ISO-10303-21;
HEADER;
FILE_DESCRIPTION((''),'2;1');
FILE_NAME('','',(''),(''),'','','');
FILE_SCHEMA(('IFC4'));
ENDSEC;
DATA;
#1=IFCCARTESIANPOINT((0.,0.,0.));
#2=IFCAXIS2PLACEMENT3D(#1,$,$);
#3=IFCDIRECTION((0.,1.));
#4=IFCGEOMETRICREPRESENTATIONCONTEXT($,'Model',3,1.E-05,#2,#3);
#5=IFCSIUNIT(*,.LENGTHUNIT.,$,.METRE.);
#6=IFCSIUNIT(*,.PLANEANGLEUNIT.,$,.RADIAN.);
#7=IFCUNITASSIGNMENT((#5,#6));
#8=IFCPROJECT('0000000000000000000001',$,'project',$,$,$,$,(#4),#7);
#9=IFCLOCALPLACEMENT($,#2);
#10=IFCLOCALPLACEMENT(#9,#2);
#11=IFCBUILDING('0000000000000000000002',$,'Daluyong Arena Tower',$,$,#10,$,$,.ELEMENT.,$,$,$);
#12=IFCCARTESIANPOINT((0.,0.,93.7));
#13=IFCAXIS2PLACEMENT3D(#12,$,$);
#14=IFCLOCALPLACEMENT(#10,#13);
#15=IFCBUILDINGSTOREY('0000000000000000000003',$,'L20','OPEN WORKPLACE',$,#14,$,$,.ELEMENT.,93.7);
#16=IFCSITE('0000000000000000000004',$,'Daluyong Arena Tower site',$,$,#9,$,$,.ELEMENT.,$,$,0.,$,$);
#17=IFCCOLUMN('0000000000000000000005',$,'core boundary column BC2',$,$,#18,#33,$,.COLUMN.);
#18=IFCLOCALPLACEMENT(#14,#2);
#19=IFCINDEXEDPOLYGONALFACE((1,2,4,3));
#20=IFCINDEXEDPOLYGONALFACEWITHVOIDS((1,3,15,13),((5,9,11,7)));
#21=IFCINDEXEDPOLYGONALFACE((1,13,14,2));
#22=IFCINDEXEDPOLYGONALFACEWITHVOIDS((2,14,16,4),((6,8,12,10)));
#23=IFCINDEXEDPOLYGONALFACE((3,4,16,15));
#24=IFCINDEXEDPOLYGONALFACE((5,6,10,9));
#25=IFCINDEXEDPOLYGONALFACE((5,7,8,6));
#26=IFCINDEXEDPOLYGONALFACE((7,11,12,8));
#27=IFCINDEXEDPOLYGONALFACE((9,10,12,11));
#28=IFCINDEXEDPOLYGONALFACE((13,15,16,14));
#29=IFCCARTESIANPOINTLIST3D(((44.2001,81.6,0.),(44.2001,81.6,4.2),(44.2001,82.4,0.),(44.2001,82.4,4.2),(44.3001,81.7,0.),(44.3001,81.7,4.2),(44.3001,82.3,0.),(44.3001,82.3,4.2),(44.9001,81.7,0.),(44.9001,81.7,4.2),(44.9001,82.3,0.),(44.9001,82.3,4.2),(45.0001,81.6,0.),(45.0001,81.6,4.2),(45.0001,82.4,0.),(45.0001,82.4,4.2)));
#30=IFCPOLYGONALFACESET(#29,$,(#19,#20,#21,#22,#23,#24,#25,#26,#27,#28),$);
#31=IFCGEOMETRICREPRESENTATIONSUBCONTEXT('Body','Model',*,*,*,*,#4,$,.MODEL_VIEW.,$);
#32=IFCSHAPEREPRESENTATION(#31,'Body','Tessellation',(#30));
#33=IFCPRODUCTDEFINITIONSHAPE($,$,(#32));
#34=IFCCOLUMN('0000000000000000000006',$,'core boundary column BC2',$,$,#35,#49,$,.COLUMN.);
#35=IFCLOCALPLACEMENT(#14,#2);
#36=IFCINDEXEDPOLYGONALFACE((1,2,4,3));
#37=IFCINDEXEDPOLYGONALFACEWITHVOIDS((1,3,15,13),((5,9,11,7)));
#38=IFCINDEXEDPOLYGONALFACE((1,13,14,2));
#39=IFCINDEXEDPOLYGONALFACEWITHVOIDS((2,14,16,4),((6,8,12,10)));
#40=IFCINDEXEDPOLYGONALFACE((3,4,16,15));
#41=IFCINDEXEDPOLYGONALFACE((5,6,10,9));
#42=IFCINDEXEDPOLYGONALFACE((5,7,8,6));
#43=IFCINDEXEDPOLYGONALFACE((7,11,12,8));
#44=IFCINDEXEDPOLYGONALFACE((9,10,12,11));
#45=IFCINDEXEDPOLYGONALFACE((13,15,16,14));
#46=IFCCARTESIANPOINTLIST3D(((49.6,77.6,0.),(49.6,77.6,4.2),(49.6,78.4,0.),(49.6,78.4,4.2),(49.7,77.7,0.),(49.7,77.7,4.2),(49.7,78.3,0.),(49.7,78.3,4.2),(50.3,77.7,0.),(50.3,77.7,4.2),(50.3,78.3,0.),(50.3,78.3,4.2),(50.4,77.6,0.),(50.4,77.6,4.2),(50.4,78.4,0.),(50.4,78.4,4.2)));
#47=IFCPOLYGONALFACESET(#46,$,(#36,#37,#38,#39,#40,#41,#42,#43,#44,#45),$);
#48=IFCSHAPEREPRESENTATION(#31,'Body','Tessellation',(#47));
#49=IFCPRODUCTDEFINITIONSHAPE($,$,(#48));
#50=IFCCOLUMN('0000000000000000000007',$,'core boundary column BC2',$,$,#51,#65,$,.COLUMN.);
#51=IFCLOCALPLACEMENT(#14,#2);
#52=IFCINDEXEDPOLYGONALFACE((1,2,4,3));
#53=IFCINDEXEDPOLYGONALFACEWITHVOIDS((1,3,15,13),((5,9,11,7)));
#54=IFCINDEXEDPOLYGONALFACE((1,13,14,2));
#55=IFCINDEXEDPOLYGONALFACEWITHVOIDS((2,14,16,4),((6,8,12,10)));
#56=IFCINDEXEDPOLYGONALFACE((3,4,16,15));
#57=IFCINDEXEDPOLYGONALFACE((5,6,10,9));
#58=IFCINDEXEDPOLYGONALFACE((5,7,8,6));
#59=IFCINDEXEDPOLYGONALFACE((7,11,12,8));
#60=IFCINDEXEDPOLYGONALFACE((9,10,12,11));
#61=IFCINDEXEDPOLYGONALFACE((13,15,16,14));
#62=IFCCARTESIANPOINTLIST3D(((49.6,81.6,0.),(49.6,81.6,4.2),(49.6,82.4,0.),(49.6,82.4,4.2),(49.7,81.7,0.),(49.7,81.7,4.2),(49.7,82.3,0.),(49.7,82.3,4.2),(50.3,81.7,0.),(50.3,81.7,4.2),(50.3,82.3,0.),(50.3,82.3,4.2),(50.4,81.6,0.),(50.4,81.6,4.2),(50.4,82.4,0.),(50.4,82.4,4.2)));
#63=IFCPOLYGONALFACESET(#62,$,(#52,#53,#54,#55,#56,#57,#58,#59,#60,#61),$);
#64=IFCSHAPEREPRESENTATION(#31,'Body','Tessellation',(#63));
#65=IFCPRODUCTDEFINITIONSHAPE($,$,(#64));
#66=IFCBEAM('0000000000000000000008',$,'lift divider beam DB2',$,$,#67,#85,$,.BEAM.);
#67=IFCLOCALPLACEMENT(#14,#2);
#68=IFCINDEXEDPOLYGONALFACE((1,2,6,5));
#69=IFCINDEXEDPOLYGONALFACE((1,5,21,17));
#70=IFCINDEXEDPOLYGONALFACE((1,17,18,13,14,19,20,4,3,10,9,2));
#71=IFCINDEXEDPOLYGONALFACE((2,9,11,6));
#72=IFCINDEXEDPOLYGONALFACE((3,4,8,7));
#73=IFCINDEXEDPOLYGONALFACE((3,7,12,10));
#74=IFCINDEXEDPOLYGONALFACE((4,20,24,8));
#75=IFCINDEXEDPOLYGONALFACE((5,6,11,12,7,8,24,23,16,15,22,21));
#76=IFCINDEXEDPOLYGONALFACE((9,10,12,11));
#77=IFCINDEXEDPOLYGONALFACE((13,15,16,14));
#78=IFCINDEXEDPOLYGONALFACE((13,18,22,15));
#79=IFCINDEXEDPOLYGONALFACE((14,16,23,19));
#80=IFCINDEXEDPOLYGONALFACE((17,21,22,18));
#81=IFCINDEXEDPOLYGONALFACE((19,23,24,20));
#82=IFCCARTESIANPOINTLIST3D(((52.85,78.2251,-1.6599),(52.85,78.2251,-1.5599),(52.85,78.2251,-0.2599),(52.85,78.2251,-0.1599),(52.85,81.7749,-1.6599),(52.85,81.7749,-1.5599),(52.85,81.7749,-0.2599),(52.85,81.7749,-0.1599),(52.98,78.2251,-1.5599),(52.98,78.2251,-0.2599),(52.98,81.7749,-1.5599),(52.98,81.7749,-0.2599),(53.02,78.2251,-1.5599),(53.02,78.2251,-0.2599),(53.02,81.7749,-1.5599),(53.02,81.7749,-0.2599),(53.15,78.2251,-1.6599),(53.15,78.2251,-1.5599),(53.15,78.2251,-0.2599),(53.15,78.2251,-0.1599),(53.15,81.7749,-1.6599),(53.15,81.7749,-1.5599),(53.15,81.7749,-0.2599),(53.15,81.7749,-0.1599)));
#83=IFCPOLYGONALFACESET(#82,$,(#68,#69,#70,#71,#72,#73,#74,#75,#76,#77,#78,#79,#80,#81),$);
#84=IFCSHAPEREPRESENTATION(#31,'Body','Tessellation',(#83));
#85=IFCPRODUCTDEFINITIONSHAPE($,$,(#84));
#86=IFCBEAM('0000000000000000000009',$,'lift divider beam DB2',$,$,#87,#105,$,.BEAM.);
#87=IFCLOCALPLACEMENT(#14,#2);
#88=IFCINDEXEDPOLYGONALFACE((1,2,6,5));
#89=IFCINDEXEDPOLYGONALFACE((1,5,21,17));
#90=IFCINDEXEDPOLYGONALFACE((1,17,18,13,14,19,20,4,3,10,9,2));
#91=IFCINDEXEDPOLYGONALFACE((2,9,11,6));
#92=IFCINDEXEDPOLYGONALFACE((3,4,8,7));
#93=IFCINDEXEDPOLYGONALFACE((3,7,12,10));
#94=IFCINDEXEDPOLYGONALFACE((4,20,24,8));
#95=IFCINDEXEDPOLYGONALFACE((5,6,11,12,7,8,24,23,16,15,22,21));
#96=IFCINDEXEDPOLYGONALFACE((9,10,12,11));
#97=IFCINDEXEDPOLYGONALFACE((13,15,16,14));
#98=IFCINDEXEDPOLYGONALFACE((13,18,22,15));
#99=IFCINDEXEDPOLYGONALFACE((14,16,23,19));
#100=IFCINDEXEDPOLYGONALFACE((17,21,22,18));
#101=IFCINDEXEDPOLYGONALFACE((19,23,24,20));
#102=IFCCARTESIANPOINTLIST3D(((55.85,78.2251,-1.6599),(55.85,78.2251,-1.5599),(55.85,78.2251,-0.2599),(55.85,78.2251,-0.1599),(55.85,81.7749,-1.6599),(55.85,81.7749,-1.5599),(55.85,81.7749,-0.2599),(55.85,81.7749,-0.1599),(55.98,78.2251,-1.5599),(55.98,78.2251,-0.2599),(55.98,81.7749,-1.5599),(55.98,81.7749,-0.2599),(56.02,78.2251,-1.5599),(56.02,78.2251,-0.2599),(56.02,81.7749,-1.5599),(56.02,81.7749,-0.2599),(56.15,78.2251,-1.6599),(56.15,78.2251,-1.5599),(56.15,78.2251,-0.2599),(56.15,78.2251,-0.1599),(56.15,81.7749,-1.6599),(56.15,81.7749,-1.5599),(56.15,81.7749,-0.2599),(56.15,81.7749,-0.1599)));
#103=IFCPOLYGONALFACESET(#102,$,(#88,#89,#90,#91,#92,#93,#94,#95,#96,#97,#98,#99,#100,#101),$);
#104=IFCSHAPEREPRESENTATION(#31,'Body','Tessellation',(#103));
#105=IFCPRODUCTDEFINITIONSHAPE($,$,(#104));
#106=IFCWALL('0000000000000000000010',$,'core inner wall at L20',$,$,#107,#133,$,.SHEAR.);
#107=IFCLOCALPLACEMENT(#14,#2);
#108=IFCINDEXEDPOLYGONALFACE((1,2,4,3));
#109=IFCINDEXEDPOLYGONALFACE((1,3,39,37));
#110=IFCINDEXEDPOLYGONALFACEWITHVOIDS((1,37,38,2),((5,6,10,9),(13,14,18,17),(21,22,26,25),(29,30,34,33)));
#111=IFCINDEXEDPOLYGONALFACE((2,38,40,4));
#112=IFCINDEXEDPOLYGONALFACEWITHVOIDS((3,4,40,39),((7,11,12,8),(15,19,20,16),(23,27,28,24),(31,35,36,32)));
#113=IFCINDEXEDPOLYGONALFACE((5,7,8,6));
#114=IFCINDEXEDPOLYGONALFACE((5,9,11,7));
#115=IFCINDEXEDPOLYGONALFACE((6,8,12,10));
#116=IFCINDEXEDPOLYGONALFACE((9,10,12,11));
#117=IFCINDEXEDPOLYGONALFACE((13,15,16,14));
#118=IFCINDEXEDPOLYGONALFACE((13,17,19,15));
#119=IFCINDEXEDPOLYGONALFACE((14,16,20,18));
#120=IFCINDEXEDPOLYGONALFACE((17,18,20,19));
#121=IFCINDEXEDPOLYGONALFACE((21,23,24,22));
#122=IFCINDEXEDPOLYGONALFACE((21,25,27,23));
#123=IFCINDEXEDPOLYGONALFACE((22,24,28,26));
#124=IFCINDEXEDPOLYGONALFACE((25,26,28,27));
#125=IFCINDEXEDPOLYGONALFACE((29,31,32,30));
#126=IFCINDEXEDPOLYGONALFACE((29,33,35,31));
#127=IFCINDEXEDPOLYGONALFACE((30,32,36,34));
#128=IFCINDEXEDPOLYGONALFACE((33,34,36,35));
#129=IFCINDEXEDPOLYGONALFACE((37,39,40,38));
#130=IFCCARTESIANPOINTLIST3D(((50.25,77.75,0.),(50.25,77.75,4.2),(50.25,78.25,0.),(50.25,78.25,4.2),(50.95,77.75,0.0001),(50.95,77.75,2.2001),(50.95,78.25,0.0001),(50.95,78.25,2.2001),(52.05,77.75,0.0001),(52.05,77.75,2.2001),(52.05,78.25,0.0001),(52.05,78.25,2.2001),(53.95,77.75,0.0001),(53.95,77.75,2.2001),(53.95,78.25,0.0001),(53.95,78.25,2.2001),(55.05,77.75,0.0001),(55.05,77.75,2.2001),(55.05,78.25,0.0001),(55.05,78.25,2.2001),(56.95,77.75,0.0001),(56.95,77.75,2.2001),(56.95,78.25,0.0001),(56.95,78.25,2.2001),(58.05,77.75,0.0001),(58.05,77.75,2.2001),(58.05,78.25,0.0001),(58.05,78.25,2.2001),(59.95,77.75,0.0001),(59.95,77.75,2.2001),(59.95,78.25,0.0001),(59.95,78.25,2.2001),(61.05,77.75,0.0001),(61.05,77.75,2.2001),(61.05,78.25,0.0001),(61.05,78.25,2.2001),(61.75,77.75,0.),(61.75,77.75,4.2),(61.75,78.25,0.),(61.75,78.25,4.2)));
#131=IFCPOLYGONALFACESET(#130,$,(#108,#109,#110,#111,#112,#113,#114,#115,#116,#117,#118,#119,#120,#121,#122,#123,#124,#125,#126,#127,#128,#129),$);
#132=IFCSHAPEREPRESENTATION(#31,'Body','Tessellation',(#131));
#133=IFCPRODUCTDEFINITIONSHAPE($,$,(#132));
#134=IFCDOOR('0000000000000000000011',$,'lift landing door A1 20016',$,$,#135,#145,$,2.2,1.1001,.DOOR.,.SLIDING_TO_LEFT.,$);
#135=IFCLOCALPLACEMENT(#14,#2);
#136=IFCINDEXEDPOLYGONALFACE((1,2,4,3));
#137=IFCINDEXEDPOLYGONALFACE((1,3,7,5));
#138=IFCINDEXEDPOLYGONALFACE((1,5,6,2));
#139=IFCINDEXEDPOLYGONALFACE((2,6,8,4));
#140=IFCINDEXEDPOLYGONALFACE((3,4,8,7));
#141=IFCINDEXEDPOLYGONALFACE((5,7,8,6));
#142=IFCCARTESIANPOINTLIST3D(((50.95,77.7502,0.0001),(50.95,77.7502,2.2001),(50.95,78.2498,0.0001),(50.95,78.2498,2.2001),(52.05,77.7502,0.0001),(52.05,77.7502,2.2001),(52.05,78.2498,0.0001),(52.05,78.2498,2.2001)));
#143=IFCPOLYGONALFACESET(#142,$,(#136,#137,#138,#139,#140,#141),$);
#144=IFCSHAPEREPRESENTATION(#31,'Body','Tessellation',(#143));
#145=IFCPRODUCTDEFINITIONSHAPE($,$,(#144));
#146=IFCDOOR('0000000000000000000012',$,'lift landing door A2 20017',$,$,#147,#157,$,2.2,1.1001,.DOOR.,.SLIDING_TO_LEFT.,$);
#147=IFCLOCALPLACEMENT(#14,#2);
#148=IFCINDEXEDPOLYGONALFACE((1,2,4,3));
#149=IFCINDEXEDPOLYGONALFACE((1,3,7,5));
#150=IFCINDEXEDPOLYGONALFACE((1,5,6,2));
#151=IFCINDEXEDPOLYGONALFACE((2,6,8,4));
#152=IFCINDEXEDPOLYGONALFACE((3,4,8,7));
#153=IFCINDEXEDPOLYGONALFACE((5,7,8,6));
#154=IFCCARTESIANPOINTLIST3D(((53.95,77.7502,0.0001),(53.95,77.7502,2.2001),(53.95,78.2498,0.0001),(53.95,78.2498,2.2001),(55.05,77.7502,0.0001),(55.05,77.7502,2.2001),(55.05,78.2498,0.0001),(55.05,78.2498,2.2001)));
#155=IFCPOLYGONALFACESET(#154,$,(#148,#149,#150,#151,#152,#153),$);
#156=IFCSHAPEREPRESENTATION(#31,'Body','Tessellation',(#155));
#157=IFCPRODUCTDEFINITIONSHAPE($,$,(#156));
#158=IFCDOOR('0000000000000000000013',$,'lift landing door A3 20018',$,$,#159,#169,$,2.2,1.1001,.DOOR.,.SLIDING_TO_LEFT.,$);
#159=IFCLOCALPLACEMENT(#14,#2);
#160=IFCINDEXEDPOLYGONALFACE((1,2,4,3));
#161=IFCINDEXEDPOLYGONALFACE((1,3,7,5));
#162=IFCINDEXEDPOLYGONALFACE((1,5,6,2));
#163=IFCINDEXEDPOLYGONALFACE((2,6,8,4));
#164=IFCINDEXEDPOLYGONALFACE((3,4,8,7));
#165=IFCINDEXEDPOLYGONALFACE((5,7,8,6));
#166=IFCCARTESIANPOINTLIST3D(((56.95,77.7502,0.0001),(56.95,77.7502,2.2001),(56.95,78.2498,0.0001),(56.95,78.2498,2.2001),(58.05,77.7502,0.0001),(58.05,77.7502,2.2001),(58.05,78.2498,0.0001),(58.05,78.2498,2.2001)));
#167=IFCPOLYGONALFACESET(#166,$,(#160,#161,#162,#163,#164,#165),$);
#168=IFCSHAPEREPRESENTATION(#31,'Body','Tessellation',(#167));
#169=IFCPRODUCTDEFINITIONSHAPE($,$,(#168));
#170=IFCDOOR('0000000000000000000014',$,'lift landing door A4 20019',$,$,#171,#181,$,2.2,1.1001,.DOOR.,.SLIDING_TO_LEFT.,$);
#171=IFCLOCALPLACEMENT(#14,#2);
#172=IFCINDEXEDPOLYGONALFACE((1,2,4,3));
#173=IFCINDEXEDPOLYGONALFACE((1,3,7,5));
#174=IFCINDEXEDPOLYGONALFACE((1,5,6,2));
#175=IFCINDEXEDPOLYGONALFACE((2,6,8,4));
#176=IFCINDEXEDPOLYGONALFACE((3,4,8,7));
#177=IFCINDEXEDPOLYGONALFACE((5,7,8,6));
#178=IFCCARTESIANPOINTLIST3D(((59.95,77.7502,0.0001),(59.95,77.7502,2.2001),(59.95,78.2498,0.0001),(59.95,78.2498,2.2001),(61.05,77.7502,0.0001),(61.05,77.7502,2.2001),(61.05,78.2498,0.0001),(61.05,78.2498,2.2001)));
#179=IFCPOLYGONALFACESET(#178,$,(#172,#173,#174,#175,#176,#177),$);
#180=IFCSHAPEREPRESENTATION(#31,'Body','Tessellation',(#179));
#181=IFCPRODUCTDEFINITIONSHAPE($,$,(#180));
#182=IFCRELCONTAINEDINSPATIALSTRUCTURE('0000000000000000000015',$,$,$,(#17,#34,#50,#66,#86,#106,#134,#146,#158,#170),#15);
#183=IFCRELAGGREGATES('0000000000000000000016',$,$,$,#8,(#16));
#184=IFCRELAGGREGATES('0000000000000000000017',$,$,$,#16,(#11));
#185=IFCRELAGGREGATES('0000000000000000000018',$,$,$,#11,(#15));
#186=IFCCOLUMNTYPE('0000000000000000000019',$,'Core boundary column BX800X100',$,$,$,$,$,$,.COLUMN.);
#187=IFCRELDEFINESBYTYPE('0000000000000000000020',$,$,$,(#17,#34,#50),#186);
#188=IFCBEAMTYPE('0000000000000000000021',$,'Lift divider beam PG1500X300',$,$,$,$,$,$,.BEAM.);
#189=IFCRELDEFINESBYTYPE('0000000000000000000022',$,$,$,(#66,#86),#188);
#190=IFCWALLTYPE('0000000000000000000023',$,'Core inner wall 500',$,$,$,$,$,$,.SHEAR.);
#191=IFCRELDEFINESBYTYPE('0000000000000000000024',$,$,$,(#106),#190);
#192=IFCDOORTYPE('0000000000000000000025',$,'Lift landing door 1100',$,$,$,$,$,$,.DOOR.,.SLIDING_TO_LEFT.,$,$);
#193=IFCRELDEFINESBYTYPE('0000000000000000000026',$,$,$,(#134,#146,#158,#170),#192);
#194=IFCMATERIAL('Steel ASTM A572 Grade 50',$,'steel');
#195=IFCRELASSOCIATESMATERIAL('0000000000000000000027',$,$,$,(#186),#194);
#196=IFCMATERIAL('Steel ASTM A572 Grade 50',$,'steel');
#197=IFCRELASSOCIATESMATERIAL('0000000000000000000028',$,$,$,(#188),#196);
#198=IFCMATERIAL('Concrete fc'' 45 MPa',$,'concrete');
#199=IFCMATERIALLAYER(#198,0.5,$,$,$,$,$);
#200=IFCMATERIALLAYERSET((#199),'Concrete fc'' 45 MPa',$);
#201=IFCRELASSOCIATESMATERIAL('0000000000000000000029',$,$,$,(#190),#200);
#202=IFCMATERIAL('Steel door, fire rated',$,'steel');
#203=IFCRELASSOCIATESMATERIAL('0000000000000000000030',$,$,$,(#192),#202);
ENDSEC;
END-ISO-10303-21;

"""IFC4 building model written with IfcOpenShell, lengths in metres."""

from ifc_helpers import new_model, si_unit, direction, frame, frame_2d, origin, origin_2d, place, context, subcontext, project, spatial, rectangle, hollow_rectangle, i_section, extrude, material, layer, layer_set, material_profile, profile_set, type_object, element, fill, save


model = new_model("IFC4")

# Units and contexts
model_context = context("Model", 3, precision=1e-05, world=origin(), true_north=direction((0.0, 1.0)))
body_context = subcontext(model_context, "Body", "Model", "MODEL_VIEW")
ifc_project = project(units=[si_unit("LENGTHUNIT", "METRE"), si_unit("PLANEANGLEUNIT", "RADIAN")], contexts=[model_context])

# Site, building, storey
site_placement = place(None, origin())
site = spatial("IfcSite", under=ifc_project, at=site_placement, Name="Daluyong Arena Tower site", CompositionType="ELEMENT", RefElevation=0.0)
building_placement = place(site_placement, origin())
building = spatial("IfcBuilding", under=site, at=building_placement, Name="Daluyong Arena Tower", CompositionType="ELEMENT")
storey_placement = place(building_placement, frame((0.0, 0.0, 93.7)))
storey = spatial("IfcBuildingStorey", under=building, at=storey_placement, Name="L20", Description="OPEN WORKPLACE", CompositionType="ELEMENT", Elevation=93.7)

# Columns
ifc_material_1 = material(Name="Steel ASTM A572 Grade 50", Category="steel")
ifc_material_profile_1 = material_profile(ifc_material_1, hollow_rectangle(XDim=0.8, YDim=0.8, WallThickness=0.1, at=origin_2d()))
ifc_profile_set_1 = profile_set([ifc_material_profile_1], Name="Steel ASTM A572 Grade 50")
column_type = type_object("IfcColumnType", Name="Core boundary column BX800X100", PredefinedType="COLUMN", material=ifc_profile_set_1)
for number, where, z_axis, x_axis, name in (
    (1, (44.6001, 82.0, 0.0), (0.0, 0.0, 1.0), (1.0, 0.0, 0.0), "core boundary column BC2"),
    (2, (50.0, 78.0, 0.0), (0.0, 0.0, 1.0), (1.0, 0.0, 0.0), "core boundary column BC2"),
    (3, (50.0, 82.0, 0.0), (0.0, 0.0, 1.0), (1.0, 0.0, 0.0), "core boundary column BC2"),
):
    element("IfcColumn", number, at=place(storey_placement, frame(where, z_axis=z_axis, x_axis=x_axis)), inside=storey, type_object=column_type, Name=name, PredefinedType="COLUMN", context=body_context, shape_type="SweptSolid", body=[
        extrude(hollow_rectangle(XDim=0.8, YDim=0.8, WallThickness=0.1, at=origin_2d()), origin(), (0.0, 0.0, 1.0), 4.2),
    ])

# Beams
ifc_material_2 = material(Name="Steel ASTM A572 Grade 50", Category="steel")
ifc_material_profile_2 = material_profile(ifc_material_2, i_section(OverallWidth=0.3, OverallDepth=1.5, WebThickness=0.04, FlangeThickness=0.1, at=origin_2d()))
ifc_profile_set_2 = profile_set([ifc_material_profile_2], Name="Steel ASTM A572 Grade 50")
beam_type = type_object("IfcBeamType", Name="Lift divider beam PG1500X300", PredefinedType="BEAM", material=ifc_profile_set_2)
for number, where, z_axis, x_axis, name in (
    (4, (53.0, 78.2251, -0.9099), (0.0, 1.0, 0.0), (-1.0, 0.0, 0.0), "lift divider beam DB2"),
    (5, (56.0, 78.2251, -0.9099), (0.0, 1.0, 0.0), (-1.0, 0.0, 0.0), "lift divider beam DB2"),
):
    element("IfcBeam", number, at=place(storey_placement, frame(where, z_axis=z_axis, x_axis=x_axis)), inside=storey, type_object=beam_type, Name=name, PredefinedType="BEAM", context=body_context, shape_type="SweptSolid", body=[
        extrude(i_section(OverallWidth=0.3, OverallDepth=1.5, WebThickness=0.04, FlangeThickness=0.1, at=origin_2d()), origin(), (0.0, 0.0, 1.0), 3.5498),
    ])

# Wall, openings, doors
ifc_material_3 = material(Name="Concrete fc' 45 MPa", Category="concrete")
ifc_layer_1 = layer(ifc_material_3, 0.5)
ifc_layer_set_1 = layer_set([ifc_layer_1], Name="Concrete fc' 45 MPa")
wall_type_1 = type_object("IfcWallType", Name="Core inner wall 500", PredefinedType="SHEAR", material=ifc_layer_set_1)
wall_1_placement = place(storey_placement, frame((50.25, 78.0, 0.0), z_axis=(0.0, 0.0, 1.0), x_axis=(1.0, 0.0, 0.0)))
wall_1 = element("IfcWall", 6, at=wall_1_placement, inside=storey, type_object=wall_type_1, Name="core inner wall at L20", PredefinedType="SHEAR", context=body_context, shape_type="SweptSolid", body=[
    extrude(rectangle(XDim=11.5, YDim=0.5, at=frame_2d((5.75, 0.0))), origin(), (0.0, 0.0, 1.0), 4.2),
])
opening_1_placement = place(wall_1_placement, frame((0.7, 0.0, 0.0)))
opening_1 = element("IfcOpeningElement", 7, at=opening_1_placement, cuts=wall_1, PredefinedType="OPENING", context=body_context, shape_type="SweptSolid", body=[
    extrude(rectangle(XDim=1.1001, YDim=2.2, at=frame_2d((0.55, 1.1001))), frame((0.0, 0.26, 0.0), z_axis=(0.0, -1.0, 0.0), x_axis=(1.0, 0.0, 0.0)), (0.0, 0.0, 1.0), 0.52),
])
opening_2_placement = place(wall_1_placement, frame((3.7, 0.0, 0.0)))
opening_2 = element("IfcOpeningElement", 8, at=opening_2_placement, cuts=wall_1, PredefinedType="OPENING", context=body_context, shape_type="SweptSolid", body=[
    extrude(rectangle(XDim=1.1001, YDim=2.2, at=frame_2d((0.55, 1.1001))), frame((0.0, 0.26, 0.0), z_axis=(0.0, -1.0, 0.0), x_axis=(1.0, 0.0, 0.0)), (0.0, 0.0, 1.0), 0.52),
])
opening_3_placement = place(wall_1_placement, frame((6.7, 0.0, 0.0)))
opening_3 = element("IfcOpeningElement", 9, at=opening_3_placement, cuts=wall_1, PredefinedType="OPENING", context=body_context, shape_type="SweptSolid", body=[
    extrude(rectangle(XDim=1.1001, YDim=2.2, at=frame_2d((0.55, 1.1001))), frame((0.0, 0.26, 0.0), z_axis=(0.0, -1.0, 0.0), x_axis=(1.0, 0.0, 0.0)), (0.0, 0.0, 1.0), 0.52),
])
opening_4_placement = place(wall_1_placement, frame((9.7, 0.0, 0.0)))
opening_4 = element("IfcOpeningElement", 10, at=opening_4_placement, cuts=wall_1, PredefinedType="OPENING", context=body_context, shape_type="SweptSolid", body=[
    extrude(rectangle(XDim=1.1001, YDim=2.2, at=frame_2d((0.55, 1.1001))), frame((0.0, 0.26, 0.0), z_axis=(0.0, -1.0, 0.0), x_axis=(1.0, 0.0, 0.0)), (0.0, 0.0, 1.0), 0.52),
])
ifc_material_4 = material(Name="Steel door, fire rated", Category="steel")
door_type_1 = type_object("IfcDoorType", Name="Lift landing door 1100", OperationType="SLIDING_TO_LEFT", PredefinedType="DOOR", material=ifc_material_4)
door_1_placement = place(opening_1_placement, origin())
door_1 = element("IfcDoor", 11, at=door_1_placement, inside=storey, type_object=door_type_1, Name="lift landing door A1 20016", OperationType="SLIDING_TO_LEFT", OverallHeight=2.2, OverallWidth=1.1001, PredefinedType="DOOR", context=body_context, shape_type="SweptSolid", body=[
    extrude(rectangle(XDim=1.1001, YDim=2.2, at=frame_2d((0.55, 1.1001))), frame((0.0, 0.2498, 0.0), z_axis=(0.0, -1.0, 0.0), x_axis=(1.0, 0.0, 0.0)), (0.0, 0.0, 1.0), 0.4995),
])
fill(opening_1, door_1)
door_2_placement = place(opening_2_placement, origin())
door_2 = element("IfcDoor", 12, at=door_2_placement, inside=storey, type_object=door_type_1, Name="lift landing door A2 20017", OperationType="SLIDING_TO_LEFT", OverallHeight=2.2, OverallWidth=1.1001, PredefinedType="DOOR", context=body_context, shape_type="SweptSolid", body=[
    extrude(rectangle(XDim=1.1001, YDim=2.2, at=frame_2d((0.55, 1.1001))), frame((0.0, 0.2498, 0.0), z_axis=(0.0, -1.0, 0.0), x_axis=(1.0, 0.0, 0.0)), (0.0, 0.0, 1.0), 0.4995),
])
fill(opening_2, door_2)
door_3_placement = place(opening_3_placement, origin())
door_3 = element("IfcDoor", 13, at=door_3_placement, inside=storey, type_object=door_type_1, Name="lift landing door A3 20018", OperationType="SLIDING_TO_LEFT", OverallHeight=2.2, OverallWidth=1.1001, PredefinedType="DOOR", context=body_context, shape_type="SweptSolid", body=[
    extrude(rectangle(XDim=1.1001, YDim=2.2, at=frame_2d((0.55, 1.1001))), frame((0.0, 0.2498, 0.0), z_axis=(0.0, -1.0, 0.0), x_axis=(1.0, 0.0, 0.0)), (0.0, 0.0, 1.0), 0.4995),
])
fill(opening_3, door_3)
door_4_placement = place(opening_4_placement, origin())
door_4 = element("IfcDoor", 14, at=door_4_placement, inside=storey, type_object=door_type_1, Name="lift landing door A4 20019", OperationType="SLIDING_TO_LEFT", OverallHeight=2.2, OverallWidth=1.1001, PredefinedType="DOOR", context=body_context, shape_type="SweptSolid", body=[
    extrude(rectangle(XDim=1.1001, YDim=2.2, at=frame_2d((0.55, 1.1001))), frame((0.0, 0.2498, 0.0), z_axis=(0.0, -1.0, 0.0), x_axis=(1.0, 0.0, 0.0)), (0.0, 0.0, 1.0), 0.4995),
])
fill(opening_4, door_4)

save(model, "model.ifc")
